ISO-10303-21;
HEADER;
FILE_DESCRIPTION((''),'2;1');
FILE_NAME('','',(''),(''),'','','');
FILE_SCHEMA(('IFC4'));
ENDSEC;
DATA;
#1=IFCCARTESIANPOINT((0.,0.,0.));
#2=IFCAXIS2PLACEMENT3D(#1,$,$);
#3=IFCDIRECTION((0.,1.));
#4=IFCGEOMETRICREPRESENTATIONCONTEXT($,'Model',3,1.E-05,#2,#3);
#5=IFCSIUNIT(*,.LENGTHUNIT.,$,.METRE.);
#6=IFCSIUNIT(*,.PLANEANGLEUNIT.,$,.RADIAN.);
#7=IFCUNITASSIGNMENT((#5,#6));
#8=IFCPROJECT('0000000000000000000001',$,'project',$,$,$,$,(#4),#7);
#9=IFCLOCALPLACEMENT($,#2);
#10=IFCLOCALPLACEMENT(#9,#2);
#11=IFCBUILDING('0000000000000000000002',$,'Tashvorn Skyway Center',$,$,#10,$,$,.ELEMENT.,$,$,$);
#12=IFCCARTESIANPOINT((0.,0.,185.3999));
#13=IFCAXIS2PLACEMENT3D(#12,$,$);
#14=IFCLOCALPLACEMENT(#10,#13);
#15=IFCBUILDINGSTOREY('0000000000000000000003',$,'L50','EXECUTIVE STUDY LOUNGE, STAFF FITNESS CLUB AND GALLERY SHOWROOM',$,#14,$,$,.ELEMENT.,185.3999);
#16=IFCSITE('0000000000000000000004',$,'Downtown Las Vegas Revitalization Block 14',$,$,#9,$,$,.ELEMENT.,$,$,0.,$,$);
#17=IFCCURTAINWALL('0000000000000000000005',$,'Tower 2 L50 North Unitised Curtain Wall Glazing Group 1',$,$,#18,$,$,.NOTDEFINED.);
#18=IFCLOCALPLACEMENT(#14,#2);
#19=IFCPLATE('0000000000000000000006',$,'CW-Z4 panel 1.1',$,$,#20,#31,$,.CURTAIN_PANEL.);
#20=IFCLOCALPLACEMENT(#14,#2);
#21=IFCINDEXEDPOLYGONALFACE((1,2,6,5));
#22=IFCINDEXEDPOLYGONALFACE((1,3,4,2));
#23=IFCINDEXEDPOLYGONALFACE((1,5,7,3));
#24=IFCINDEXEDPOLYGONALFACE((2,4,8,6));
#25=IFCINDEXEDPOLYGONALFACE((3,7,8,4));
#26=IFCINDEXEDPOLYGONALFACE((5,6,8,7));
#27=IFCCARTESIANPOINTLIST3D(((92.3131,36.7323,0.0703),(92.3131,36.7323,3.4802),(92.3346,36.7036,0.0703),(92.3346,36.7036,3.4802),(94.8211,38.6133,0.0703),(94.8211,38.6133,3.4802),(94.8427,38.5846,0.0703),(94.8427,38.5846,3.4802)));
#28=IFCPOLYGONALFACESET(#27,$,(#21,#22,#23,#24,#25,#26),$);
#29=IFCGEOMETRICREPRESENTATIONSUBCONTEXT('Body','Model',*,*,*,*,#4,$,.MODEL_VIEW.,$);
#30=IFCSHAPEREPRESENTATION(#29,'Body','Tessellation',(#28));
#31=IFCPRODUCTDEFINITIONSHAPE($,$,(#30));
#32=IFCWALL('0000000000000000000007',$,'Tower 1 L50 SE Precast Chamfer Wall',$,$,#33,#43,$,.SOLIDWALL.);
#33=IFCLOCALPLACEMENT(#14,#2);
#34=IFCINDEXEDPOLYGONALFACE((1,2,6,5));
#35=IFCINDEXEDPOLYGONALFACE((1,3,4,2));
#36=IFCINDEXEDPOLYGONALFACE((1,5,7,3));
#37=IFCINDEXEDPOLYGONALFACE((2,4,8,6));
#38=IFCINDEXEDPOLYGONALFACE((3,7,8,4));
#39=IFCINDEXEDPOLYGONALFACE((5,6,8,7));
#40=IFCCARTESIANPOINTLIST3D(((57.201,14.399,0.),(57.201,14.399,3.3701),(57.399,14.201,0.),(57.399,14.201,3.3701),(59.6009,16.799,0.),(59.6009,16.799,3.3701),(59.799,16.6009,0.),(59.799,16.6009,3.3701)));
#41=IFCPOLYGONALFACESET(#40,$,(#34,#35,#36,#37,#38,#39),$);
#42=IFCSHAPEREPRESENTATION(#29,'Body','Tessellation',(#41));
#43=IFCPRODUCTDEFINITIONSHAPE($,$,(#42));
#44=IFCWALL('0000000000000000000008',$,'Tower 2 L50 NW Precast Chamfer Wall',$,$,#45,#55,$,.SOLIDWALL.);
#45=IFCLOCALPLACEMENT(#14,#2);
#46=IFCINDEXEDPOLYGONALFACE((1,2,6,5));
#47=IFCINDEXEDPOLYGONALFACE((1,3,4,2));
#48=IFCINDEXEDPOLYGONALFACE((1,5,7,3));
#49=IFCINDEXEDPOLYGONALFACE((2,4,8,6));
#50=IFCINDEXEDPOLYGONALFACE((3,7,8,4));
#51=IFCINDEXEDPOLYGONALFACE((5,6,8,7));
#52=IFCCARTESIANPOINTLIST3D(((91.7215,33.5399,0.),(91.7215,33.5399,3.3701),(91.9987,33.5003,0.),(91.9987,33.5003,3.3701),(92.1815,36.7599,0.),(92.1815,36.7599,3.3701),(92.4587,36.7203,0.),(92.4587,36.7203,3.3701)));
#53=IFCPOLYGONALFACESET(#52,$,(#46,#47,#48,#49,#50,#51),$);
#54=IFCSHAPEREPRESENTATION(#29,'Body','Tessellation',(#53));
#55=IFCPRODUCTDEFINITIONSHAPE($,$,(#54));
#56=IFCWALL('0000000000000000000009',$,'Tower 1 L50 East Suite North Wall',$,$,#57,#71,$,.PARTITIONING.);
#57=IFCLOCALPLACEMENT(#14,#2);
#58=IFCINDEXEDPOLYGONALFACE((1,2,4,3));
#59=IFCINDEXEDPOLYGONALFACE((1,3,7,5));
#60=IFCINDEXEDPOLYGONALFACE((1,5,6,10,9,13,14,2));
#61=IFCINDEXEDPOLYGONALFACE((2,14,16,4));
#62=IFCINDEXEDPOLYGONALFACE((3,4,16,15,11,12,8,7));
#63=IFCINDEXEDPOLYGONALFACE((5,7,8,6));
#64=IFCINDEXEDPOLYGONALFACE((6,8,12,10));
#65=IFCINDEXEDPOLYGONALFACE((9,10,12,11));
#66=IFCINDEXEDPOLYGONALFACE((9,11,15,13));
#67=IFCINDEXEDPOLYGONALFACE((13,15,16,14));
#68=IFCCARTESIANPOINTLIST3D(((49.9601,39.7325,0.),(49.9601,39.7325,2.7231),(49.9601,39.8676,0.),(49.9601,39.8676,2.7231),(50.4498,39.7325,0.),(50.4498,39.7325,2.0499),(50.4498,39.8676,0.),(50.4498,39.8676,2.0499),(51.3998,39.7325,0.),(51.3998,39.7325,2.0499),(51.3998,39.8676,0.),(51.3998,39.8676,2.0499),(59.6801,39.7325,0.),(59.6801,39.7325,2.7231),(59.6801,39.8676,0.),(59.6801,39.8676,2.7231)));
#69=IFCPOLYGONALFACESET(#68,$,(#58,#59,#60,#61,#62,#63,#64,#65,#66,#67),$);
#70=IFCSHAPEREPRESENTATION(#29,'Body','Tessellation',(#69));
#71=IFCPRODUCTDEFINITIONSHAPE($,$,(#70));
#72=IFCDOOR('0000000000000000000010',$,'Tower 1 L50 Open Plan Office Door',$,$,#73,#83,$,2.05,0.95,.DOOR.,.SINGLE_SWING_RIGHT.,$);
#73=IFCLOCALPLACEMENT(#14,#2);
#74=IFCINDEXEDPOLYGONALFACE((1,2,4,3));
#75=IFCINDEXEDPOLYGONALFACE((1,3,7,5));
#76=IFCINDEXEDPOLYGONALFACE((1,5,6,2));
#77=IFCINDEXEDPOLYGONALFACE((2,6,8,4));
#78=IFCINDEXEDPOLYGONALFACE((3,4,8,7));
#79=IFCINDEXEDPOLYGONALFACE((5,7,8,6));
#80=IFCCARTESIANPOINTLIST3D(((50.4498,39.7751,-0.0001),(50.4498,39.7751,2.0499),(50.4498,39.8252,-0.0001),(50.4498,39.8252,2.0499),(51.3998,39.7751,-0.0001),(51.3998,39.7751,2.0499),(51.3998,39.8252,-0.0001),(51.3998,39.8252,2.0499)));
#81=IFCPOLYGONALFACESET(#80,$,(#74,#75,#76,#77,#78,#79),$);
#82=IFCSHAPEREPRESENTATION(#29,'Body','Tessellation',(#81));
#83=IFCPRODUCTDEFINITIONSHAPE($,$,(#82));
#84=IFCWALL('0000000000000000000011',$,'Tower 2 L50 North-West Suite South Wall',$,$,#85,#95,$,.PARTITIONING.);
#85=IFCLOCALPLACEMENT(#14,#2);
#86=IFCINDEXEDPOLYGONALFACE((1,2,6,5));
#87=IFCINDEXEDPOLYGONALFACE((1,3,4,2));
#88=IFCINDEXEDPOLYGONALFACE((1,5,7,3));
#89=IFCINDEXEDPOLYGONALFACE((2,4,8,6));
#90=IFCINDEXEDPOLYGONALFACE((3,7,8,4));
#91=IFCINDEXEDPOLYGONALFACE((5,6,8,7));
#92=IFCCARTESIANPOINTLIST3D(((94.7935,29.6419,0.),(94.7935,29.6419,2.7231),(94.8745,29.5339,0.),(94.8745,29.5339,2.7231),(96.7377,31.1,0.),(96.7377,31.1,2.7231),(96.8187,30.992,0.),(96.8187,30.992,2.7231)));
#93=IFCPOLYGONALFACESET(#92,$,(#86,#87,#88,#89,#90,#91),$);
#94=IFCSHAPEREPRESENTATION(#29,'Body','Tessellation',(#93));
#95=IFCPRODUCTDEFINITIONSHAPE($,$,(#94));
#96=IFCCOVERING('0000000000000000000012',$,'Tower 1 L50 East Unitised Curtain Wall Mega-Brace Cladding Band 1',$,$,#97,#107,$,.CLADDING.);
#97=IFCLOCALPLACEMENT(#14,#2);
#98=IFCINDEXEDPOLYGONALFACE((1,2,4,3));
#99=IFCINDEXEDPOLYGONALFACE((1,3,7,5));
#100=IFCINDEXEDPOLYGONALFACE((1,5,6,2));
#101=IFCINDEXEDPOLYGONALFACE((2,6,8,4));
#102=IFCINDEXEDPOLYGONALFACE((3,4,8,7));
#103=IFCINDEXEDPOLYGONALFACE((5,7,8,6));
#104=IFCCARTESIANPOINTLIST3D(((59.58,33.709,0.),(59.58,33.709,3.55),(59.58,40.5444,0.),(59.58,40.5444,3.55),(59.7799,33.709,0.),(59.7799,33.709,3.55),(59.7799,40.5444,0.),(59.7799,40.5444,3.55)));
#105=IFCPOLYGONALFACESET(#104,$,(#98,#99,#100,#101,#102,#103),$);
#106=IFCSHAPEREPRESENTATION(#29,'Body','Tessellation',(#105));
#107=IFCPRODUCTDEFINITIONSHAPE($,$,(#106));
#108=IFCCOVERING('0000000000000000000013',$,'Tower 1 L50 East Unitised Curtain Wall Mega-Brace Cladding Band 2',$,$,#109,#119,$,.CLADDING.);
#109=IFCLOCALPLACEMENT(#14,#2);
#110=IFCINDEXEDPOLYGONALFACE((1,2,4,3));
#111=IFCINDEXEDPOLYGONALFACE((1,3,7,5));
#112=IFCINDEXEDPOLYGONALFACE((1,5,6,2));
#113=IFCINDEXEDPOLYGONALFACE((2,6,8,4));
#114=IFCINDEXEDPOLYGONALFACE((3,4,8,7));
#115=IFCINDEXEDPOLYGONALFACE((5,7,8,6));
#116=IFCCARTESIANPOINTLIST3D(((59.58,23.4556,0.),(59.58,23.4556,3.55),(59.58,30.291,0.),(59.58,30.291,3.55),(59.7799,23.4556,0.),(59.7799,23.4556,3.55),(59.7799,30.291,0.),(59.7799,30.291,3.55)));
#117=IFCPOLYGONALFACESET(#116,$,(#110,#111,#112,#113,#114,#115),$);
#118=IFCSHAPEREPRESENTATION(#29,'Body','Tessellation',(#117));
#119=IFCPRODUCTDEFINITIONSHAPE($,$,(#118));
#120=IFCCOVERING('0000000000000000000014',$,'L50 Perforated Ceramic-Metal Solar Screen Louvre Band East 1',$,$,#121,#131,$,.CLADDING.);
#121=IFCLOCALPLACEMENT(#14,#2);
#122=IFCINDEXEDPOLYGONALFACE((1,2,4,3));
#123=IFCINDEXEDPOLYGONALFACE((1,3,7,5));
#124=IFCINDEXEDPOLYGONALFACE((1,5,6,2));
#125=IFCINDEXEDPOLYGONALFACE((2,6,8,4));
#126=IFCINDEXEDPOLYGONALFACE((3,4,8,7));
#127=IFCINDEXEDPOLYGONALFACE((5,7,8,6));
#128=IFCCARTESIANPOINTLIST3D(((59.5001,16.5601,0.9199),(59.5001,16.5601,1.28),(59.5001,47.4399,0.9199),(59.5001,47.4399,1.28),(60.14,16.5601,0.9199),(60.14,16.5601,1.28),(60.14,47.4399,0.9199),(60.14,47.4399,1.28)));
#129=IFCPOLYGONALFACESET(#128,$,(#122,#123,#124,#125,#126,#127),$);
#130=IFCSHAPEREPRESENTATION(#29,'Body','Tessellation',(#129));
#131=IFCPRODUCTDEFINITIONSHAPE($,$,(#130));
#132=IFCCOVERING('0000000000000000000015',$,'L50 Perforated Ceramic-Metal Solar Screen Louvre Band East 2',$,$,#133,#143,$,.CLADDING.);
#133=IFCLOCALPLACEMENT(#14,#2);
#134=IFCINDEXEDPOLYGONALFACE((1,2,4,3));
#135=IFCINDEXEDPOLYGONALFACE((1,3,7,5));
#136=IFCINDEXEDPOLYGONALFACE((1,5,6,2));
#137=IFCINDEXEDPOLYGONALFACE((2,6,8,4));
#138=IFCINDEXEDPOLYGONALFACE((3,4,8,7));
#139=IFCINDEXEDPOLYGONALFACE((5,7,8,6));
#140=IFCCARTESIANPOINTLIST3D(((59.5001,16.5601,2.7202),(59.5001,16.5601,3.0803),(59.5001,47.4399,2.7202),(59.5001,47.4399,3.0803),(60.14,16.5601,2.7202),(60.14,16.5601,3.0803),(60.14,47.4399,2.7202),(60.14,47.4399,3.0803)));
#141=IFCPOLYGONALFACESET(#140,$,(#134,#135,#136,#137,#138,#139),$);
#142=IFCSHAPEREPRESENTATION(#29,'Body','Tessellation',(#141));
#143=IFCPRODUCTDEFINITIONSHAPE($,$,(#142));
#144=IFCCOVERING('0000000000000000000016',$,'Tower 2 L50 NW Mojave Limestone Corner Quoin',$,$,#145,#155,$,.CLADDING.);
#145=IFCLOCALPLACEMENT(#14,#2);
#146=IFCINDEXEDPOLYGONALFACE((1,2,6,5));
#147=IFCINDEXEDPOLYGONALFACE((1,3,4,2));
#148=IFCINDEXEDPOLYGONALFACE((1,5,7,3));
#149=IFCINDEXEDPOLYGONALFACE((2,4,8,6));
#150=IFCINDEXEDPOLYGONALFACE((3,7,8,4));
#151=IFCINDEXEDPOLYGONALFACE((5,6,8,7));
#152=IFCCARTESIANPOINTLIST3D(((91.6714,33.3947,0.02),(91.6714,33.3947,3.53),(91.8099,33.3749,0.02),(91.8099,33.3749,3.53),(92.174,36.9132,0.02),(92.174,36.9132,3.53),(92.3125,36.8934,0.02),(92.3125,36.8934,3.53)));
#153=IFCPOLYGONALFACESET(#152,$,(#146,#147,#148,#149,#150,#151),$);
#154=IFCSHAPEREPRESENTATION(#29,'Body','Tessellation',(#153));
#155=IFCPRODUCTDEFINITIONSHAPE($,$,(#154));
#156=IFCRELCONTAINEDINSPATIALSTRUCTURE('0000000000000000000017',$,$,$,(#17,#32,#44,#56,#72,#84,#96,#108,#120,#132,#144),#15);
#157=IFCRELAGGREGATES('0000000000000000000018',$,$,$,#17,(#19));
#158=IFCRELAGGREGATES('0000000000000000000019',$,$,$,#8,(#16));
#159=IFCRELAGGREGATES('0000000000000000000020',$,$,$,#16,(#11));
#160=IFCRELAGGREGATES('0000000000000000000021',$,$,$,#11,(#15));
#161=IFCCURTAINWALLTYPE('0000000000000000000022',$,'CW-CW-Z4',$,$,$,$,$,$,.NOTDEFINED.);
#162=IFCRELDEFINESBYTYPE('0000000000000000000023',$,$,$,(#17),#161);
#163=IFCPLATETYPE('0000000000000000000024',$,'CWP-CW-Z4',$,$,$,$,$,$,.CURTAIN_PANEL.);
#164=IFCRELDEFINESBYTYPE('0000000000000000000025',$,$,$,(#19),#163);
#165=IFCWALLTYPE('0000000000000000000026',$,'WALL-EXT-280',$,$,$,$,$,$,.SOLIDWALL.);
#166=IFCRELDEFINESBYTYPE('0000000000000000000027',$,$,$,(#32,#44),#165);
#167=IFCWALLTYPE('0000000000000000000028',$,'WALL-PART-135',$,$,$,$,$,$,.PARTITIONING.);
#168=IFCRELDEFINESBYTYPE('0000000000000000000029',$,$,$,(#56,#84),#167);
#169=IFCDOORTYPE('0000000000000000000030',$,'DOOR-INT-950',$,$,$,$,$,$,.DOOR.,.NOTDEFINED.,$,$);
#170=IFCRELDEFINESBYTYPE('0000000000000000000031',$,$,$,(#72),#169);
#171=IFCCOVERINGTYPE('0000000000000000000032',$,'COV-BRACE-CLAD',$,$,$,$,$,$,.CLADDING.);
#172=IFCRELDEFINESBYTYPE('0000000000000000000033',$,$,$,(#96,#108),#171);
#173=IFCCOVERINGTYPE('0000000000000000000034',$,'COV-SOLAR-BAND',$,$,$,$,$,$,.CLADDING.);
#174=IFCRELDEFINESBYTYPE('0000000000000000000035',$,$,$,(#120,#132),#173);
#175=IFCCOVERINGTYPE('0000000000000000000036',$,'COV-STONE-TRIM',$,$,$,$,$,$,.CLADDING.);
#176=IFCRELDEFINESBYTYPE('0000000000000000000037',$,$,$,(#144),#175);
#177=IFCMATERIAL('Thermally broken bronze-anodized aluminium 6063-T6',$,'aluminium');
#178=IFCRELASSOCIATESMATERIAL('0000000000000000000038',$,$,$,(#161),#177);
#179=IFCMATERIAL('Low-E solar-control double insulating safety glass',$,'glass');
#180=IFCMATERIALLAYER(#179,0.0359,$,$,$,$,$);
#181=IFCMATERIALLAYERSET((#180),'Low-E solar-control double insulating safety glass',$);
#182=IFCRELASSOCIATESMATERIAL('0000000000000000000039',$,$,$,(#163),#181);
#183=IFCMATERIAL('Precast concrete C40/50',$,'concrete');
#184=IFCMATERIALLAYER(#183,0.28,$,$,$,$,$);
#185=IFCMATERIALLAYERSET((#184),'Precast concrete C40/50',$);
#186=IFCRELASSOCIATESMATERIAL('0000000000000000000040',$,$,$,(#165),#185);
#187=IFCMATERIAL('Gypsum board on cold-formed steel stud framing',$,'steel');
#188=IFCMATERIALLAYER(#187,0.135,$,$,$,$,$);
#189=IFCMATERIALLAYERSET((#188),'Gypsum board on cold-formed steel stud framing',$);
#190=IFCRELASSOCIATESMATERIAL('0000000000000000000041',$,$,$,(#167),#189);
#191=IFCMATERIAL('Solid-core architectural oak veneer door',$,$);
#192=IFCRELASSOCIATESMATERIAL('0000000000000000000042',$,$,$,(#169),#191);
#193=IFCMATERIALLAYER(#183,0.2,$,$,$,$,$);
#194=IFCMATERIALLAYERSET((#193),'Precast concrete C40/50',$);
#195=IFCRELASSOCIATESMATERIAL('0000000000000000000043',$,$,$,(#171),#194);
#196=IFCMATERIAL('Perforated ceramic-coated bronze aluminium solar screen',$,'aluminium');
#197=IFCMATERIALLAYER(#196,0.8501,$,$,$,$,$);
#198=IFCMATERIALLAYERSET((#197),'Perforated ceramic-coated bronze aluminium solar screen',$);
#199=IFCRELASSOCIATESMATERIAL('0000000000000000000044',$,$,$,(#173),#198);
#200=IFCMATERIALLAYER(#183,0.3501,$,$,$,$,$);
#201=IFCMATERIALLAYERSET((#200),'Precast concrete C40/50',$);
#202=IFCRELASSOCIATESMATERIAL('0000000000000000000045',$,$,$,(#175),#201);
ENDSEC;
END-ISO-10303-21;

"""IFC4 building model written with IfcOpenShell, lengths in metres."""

from ifc_helpers import new_model, si_unit, direction, frame, frame_2d, origin, origin_2d, place, context, subcontext, project, spatial, rectangle, extrude, material, layer, layer_set, type_object, element, fill, aggregate, save


model = new_model("IFC4")

# Units and contexts
model_context = context("Model", 3, precision=1e-05, world=origin(), true_north=direction((0.0, 1.0)))
body_context = subcontext(model_context, "Body", "Model", "MODEL_VIEW")
ifc_project = project(units=[si_unit("LENGTHUNIT", "METRE"), si_unit("PLANEANGLEUNIT", "RADIAN")], contexts=[model_context])

# Site, building, storey
site_placement = place(None, origin())
site = spatial("IfcSite", under=ifc_project, at=site_placement, Name="Downtown Las Vegas Revitalization Block 14", CompositionType="ELEMENT", RefElevation=0.0)
building_placement = place(site_placement, origin())
building = spatial("IfcBuilding", under=site, at=building_placement, Name="Tashvorn Skyway Center", CompositionType="ELEMENT")
storey_placement = place(building_placement, frame((0.0, 0.0, 185.3999)))
storey = spatial("IfcBuildingStorey", under=building, at=storey_placement, Name="L50", Description="EXECUTIVE STUDY LOUNGE, STAFF FITNESS CLUB AND GALLERY SHOWROOM", CompositionType="ELEMENT", Elevation=185.3999)

# Curtain wall
ifc_material_1 = material(Name="Thermally broken bronze-anodized aluminium 6063-T6", Category="aluminium")
curtain_wall_type = type_object("IfcCurtainWallType", Name="CW-CW-Z4", PredefinedType="NOTDEFINED", material=ifc_material_1)
curtain_wall_1_placement = place(storey_placement, origin())
curtain_wall_1 = element("IfcCurtainWall", 1, at=curtain_wall_1_placement, inside=storey, type_object=curtain_wall_type, Name="Tower 2 L50 North Unitised Curtain Wall Glazing Group 1", PredefinedType="NOTDEFINED")

# Plate
ifc_material_2 = material(Name="Low-E solar-control double insulating safety glass", Category="glass")
ifc_layer_1 = layer(ifc_material_2, 0.0359)
ifc_layer_set_1 = layer_set([ifc_layer_1], Name="Low-E solar-control double insulating safety glass")
plate_type = type_object("IfcPlateType", Name="CWP-CW-Z4", PredefinedType="CURTAIN_PANEL", material=ifc_layer_set_1)
plate_1_placement = place(storey_placement, frame((93.5779, 37.6584, 0.0703), z_axis=(0.0, 0.0, 1.0), x_axis=(0.8, 0.6, 0.0)))
plate_1 = element("IfcPlate", 2, at=plate_1_placement, type_object=plate_type, Name="CW-Z4 panel 1.1", PredefinedType="CURTAIN_PANEL", context=body_context, shape_type="SweptSolid", body=[
    extrude(rectangle(XDim=3.135, YDim=0.0359, at=origin_2d()), origin(), (0.0, 0.0, 1.0), 3.4099),
])
aggregate(curtain_wall_1, [plate_1])

# Walls
ifc_material_3 = material(Name="Precast concrete C40/50", Category="concrete")
ifc_layer_2 = layer(ifc_material_3, 0.28)
ifc_layer_set_2 = layer_set([ifc_layer_2], Name="Precast concrete C40/50")
wall_type_1 = type_object("IfcWallType", Name="WALL-EXT-280", PredefinedType="SOLIDWALL", material=ifc_layer_set_2)
wall_1_placement = place(storey_placement, frame((59.7, 16.7, 0.0), z_axis=(0.0, 0.0, 1.0), x_axis=(-0.707107, -0.707107, 0.0)))
element("IfcWall", 3, at=wall_1_placement, inside=storey, type_object=wall_type_1, Name="Tower 1 L50 SE Precast Chamfer Wall", PredefinedType="SOLIDWALL", context=body_context, shape_type="SweptSolid", body=[
    extrude(rectangle(XDim=3.394, YDim=0.28, at=frame_2d((1.697, 0.0))), origin(), (0.0, 0.0, 1.0), 3.3701),
])
wall_2_placement = place(storey_placement, frame((91.8601, 33.52, 0.0), z_axis=(0.0, 0.0, 1.0), x_axis=(0.141411, 0.989951, 0.0)))
element("IfcWall", 4, at=wall_2_placement, inside=storey, type_object=wall_type_1, Name="Tower 2 L50 NW Precast Chamfer Wall", PredefinedType="SOLIDWALL", context=body_context, shape_type="SweptSolid", body=[
    extrude(rectangle(XDim=3.2527, YDim=0.28, at=frame_2d((1.6265, 0.0))), origin(), (0.0, 0.0, 1.0), 3.3701),
])

# Wall, opening, door
ifc_material_4 = material(Name="Gypsum board on cold-formed steel stud framing", Category="steel")
ifc_layer_3 = layer(ifc_material_4, 0.135)
ifc_layer_set_3 = layer_set([ifc_layer_3], Name="Gypsum board on cold-formed steel stud framing")
wall_type_2 = type_object("IfcWallType", Name="WALL-PART-135", PredefinedType="PARTITIONING", material=ifc_layer_set_3)
wall_3_placement = place(storey_placement, frame((59.6799, 39.8, 0.0), z_axis=(0.0, 0.0, 1.0), x_axis=(-1.0, 0.0, 0.0)))
wall_3 = element("IfcWall", 5, at=wall_3_placement, inside=storey, type_object=wall_type_2, Name="Tower 1 L50 East Suite North Wall", PredefinedType="PARTITIONING", context=body_context, shape_type="SweptSolid", body=[
    extrude(rectangle(XDim=9.72, YDim=0.135, at=frame_2d((4.8599, 0.0))), origin(), (0.0, 0.0, 1.0), 2.7231),
])
opening_placement = place(wall_3_placement, frame((8.28, 0.0, 0.0)))
opening = element("IfcOpeningElement", 6, at=opening_placement, cuts=wall_3, PredefinedType="OPENING", context=body_context, shape_type="SweptSolid", body=[
    extrude(rectangle(XDim=0.95, YDim=2.05, at=frame_2d((0.4751, 1.0249))), frame((0.0, 0.0774, 0.0), z_axis=(0.0, -1.0, 0.0), x_axis=(1.0, 0.0, 0.0)), (0.0, 0.0, 1.0), 0.155),
])
ifc_material_5 = material(Name="Solid-core architectural oak veneer door")
door_type = type_object("IfcDoorType", Name="DOOR-INT-950", OperationType="NOTDEFINED", PredefinedType="DOOR", material=ifc_material_5)
door_placement = place(opening_placement, origin())
door = element("IfcDoor", 7, at=door_placement, inside=storey, type_object=door_type, Name="Tower 1 L50 Open Plan Office Door", OperationType="SINGLE_SWING_RIGHT", OverallHeight=2.05, OverallWidth=0.95, PredefinedType="DOOR", context=body_context, shape_type="SweptSolid", body=[
    extrude(rectangle(XDim=0.95, YDim=2.05, at=frame_2d((0.4751, 1.0249))), frame((0.0, 0.0249, 0.0), z_axis=(0.0, -1.0, 0.0), x_axis=(1.0, 0.0, 0.0)), (0.0, 0.0, 1.0), 0.05),
])
fill(opening, door)

# Wall
wall_4_placement = place(storey_placement, frame((94.834, 29.5879, 0.0), z_axis=(0.0, 0.0, 1.0), x_axis=(0.800012, 0.599984, 0.0)))
element("IfcWall", 8, at=wall_4_placement, inside=storey, type_object=wall_type_2, Name="Tower 2 L50 North-West Suite South Wall", PredefinedType="PARTITIONING", context=body_context, shape_type="SweptSolid", body=[
    extrude(rectangle(XDim=2.4302, YDim=0.135, at=frame_2d((1.2151, 0.0))), origin(), (0.0, 0.0, 1.0), 2.7231),
])

# Coverings
ifc_layer_4 = layer(ifc_material_3, 0.2)
ifc_layer_set_4 = layer_set([ifc_layer_4], Name="Precast concrete C40/50")
covering_type_1 = type_object("IfcCoveringType", Name="COV-BRACE-CLAD", PredefinedType="CLADDING", material=ifc_layer_set_4)
for number, where, z_axis, x_axis, name in (
    (9, (59.6799, 37.1267, 0.0), (0.0, 0.0, 1.0), (0.0, -1.0, 0.0), "Tower 1 L50 East Unitised Curtain Wall Mega-Brace Cladding Band 1"),
    (10, (59.6799, 26.8733, 0.0), (0.0, 0.0, 1.0), (0.0, -1.0, 0.0), "Tower 1 L50 East Unitised Curtain Wall Mega-Brace Cladding Band 2"),
):
    element("IfcCovering", number, at=place(storey_placement, frame(where, z_axis=z_axis, x_axis=x_axis)), inside=storey, type_object=covering_type_1, Name=name, PredefinedType="CLADDING", context=body_context, shape_type="SweptSolid", body=[
        extrude(rectangle(XDim=6.8354, YDim=0.2, at=origin_2d()), origin(), (0.0, 0.0, 1.0), 3.55),
    ])
ifc_material_6 = material(Name="Perforated ceramic-coated bronze aluminium solar screen", Category="aluminium")
ifc_layer_5 = layer(ifc_material_6, 0.8501)
ifc_layer_set_5 = layer_set([ifc_layer_5], Name="Perforated ceramic-coated bronze aluminium solar screen")
covering_type_2 = type_object("IfcCoveringType", Name="COV-SOLAR-BAND", PredefinedType="CLADDING", material=ifc_layer_set_5)
for number, where, z_axis, x_axis, name in (
    (11, (59.8201, 32.0, 0.9199), (0.0, 0.0, 1.0), (0.0, -1.0, 0.0), "L50 Perforated Ceramic-Metal Solar Screen Louvre Band East 1"),
    (12, (59.8201, 32.0, 2.7202), (0.0, 0.0, 1.0), (0.0, -1.0, 0.0), "L50 Perforated Ceramic-Metal Solar Screen Louvre Band East 2"),
):
    element("IfcCovering", number, at=place(storey_placement, frame(where, z_axis=z_axis, x_axis=x_axis)), inside=storey, type_object=covering_type_2, Name=name, PredefinedType="CLADDING", context=body_context, shape_type="SweptSolid", body=[
        extrude(rectangle(XDim=30.8799, YDim=0.6399, at=origin_2d()), origin(), (0.0, 0.0, 1.0), 0.3601),
    ])
ifc_layer_6 = layer(ifc_material_3, 0.3501)
ifc_layer_set_6 = layer_set([ifc_layer_6], Name="Precast concrete C40/50")
covering_type_3 = type_object("IfcCoveringType", Name="COV-STONE-TRIM", PredefinedType="CLADDING", material=ifc_layer_set_6)
covering_placement = place(storey_placement, frame((91.9919, 35.144, 0.02), z_axis=(0.0, 0.0, 1.0), x_axis=(-0.141421, -0.989949, 0.0)))
element("IfcCovering", 13, at=covering_placement, inside=storey, type_object=covering_type_3, Name="Tower 2 L50 NW Mojave Limestone Corner Quoin", PredefinedType="CLADDING", context=body_context, shape_type="SweptSolid", body=[
    extrude(rectangle(XDim=3.5542, YDim=0.1399, at=origin_2d()), origin(), (0.0, 0.0, 1.0), 3.51),
])

save(model, "model.ifc")
